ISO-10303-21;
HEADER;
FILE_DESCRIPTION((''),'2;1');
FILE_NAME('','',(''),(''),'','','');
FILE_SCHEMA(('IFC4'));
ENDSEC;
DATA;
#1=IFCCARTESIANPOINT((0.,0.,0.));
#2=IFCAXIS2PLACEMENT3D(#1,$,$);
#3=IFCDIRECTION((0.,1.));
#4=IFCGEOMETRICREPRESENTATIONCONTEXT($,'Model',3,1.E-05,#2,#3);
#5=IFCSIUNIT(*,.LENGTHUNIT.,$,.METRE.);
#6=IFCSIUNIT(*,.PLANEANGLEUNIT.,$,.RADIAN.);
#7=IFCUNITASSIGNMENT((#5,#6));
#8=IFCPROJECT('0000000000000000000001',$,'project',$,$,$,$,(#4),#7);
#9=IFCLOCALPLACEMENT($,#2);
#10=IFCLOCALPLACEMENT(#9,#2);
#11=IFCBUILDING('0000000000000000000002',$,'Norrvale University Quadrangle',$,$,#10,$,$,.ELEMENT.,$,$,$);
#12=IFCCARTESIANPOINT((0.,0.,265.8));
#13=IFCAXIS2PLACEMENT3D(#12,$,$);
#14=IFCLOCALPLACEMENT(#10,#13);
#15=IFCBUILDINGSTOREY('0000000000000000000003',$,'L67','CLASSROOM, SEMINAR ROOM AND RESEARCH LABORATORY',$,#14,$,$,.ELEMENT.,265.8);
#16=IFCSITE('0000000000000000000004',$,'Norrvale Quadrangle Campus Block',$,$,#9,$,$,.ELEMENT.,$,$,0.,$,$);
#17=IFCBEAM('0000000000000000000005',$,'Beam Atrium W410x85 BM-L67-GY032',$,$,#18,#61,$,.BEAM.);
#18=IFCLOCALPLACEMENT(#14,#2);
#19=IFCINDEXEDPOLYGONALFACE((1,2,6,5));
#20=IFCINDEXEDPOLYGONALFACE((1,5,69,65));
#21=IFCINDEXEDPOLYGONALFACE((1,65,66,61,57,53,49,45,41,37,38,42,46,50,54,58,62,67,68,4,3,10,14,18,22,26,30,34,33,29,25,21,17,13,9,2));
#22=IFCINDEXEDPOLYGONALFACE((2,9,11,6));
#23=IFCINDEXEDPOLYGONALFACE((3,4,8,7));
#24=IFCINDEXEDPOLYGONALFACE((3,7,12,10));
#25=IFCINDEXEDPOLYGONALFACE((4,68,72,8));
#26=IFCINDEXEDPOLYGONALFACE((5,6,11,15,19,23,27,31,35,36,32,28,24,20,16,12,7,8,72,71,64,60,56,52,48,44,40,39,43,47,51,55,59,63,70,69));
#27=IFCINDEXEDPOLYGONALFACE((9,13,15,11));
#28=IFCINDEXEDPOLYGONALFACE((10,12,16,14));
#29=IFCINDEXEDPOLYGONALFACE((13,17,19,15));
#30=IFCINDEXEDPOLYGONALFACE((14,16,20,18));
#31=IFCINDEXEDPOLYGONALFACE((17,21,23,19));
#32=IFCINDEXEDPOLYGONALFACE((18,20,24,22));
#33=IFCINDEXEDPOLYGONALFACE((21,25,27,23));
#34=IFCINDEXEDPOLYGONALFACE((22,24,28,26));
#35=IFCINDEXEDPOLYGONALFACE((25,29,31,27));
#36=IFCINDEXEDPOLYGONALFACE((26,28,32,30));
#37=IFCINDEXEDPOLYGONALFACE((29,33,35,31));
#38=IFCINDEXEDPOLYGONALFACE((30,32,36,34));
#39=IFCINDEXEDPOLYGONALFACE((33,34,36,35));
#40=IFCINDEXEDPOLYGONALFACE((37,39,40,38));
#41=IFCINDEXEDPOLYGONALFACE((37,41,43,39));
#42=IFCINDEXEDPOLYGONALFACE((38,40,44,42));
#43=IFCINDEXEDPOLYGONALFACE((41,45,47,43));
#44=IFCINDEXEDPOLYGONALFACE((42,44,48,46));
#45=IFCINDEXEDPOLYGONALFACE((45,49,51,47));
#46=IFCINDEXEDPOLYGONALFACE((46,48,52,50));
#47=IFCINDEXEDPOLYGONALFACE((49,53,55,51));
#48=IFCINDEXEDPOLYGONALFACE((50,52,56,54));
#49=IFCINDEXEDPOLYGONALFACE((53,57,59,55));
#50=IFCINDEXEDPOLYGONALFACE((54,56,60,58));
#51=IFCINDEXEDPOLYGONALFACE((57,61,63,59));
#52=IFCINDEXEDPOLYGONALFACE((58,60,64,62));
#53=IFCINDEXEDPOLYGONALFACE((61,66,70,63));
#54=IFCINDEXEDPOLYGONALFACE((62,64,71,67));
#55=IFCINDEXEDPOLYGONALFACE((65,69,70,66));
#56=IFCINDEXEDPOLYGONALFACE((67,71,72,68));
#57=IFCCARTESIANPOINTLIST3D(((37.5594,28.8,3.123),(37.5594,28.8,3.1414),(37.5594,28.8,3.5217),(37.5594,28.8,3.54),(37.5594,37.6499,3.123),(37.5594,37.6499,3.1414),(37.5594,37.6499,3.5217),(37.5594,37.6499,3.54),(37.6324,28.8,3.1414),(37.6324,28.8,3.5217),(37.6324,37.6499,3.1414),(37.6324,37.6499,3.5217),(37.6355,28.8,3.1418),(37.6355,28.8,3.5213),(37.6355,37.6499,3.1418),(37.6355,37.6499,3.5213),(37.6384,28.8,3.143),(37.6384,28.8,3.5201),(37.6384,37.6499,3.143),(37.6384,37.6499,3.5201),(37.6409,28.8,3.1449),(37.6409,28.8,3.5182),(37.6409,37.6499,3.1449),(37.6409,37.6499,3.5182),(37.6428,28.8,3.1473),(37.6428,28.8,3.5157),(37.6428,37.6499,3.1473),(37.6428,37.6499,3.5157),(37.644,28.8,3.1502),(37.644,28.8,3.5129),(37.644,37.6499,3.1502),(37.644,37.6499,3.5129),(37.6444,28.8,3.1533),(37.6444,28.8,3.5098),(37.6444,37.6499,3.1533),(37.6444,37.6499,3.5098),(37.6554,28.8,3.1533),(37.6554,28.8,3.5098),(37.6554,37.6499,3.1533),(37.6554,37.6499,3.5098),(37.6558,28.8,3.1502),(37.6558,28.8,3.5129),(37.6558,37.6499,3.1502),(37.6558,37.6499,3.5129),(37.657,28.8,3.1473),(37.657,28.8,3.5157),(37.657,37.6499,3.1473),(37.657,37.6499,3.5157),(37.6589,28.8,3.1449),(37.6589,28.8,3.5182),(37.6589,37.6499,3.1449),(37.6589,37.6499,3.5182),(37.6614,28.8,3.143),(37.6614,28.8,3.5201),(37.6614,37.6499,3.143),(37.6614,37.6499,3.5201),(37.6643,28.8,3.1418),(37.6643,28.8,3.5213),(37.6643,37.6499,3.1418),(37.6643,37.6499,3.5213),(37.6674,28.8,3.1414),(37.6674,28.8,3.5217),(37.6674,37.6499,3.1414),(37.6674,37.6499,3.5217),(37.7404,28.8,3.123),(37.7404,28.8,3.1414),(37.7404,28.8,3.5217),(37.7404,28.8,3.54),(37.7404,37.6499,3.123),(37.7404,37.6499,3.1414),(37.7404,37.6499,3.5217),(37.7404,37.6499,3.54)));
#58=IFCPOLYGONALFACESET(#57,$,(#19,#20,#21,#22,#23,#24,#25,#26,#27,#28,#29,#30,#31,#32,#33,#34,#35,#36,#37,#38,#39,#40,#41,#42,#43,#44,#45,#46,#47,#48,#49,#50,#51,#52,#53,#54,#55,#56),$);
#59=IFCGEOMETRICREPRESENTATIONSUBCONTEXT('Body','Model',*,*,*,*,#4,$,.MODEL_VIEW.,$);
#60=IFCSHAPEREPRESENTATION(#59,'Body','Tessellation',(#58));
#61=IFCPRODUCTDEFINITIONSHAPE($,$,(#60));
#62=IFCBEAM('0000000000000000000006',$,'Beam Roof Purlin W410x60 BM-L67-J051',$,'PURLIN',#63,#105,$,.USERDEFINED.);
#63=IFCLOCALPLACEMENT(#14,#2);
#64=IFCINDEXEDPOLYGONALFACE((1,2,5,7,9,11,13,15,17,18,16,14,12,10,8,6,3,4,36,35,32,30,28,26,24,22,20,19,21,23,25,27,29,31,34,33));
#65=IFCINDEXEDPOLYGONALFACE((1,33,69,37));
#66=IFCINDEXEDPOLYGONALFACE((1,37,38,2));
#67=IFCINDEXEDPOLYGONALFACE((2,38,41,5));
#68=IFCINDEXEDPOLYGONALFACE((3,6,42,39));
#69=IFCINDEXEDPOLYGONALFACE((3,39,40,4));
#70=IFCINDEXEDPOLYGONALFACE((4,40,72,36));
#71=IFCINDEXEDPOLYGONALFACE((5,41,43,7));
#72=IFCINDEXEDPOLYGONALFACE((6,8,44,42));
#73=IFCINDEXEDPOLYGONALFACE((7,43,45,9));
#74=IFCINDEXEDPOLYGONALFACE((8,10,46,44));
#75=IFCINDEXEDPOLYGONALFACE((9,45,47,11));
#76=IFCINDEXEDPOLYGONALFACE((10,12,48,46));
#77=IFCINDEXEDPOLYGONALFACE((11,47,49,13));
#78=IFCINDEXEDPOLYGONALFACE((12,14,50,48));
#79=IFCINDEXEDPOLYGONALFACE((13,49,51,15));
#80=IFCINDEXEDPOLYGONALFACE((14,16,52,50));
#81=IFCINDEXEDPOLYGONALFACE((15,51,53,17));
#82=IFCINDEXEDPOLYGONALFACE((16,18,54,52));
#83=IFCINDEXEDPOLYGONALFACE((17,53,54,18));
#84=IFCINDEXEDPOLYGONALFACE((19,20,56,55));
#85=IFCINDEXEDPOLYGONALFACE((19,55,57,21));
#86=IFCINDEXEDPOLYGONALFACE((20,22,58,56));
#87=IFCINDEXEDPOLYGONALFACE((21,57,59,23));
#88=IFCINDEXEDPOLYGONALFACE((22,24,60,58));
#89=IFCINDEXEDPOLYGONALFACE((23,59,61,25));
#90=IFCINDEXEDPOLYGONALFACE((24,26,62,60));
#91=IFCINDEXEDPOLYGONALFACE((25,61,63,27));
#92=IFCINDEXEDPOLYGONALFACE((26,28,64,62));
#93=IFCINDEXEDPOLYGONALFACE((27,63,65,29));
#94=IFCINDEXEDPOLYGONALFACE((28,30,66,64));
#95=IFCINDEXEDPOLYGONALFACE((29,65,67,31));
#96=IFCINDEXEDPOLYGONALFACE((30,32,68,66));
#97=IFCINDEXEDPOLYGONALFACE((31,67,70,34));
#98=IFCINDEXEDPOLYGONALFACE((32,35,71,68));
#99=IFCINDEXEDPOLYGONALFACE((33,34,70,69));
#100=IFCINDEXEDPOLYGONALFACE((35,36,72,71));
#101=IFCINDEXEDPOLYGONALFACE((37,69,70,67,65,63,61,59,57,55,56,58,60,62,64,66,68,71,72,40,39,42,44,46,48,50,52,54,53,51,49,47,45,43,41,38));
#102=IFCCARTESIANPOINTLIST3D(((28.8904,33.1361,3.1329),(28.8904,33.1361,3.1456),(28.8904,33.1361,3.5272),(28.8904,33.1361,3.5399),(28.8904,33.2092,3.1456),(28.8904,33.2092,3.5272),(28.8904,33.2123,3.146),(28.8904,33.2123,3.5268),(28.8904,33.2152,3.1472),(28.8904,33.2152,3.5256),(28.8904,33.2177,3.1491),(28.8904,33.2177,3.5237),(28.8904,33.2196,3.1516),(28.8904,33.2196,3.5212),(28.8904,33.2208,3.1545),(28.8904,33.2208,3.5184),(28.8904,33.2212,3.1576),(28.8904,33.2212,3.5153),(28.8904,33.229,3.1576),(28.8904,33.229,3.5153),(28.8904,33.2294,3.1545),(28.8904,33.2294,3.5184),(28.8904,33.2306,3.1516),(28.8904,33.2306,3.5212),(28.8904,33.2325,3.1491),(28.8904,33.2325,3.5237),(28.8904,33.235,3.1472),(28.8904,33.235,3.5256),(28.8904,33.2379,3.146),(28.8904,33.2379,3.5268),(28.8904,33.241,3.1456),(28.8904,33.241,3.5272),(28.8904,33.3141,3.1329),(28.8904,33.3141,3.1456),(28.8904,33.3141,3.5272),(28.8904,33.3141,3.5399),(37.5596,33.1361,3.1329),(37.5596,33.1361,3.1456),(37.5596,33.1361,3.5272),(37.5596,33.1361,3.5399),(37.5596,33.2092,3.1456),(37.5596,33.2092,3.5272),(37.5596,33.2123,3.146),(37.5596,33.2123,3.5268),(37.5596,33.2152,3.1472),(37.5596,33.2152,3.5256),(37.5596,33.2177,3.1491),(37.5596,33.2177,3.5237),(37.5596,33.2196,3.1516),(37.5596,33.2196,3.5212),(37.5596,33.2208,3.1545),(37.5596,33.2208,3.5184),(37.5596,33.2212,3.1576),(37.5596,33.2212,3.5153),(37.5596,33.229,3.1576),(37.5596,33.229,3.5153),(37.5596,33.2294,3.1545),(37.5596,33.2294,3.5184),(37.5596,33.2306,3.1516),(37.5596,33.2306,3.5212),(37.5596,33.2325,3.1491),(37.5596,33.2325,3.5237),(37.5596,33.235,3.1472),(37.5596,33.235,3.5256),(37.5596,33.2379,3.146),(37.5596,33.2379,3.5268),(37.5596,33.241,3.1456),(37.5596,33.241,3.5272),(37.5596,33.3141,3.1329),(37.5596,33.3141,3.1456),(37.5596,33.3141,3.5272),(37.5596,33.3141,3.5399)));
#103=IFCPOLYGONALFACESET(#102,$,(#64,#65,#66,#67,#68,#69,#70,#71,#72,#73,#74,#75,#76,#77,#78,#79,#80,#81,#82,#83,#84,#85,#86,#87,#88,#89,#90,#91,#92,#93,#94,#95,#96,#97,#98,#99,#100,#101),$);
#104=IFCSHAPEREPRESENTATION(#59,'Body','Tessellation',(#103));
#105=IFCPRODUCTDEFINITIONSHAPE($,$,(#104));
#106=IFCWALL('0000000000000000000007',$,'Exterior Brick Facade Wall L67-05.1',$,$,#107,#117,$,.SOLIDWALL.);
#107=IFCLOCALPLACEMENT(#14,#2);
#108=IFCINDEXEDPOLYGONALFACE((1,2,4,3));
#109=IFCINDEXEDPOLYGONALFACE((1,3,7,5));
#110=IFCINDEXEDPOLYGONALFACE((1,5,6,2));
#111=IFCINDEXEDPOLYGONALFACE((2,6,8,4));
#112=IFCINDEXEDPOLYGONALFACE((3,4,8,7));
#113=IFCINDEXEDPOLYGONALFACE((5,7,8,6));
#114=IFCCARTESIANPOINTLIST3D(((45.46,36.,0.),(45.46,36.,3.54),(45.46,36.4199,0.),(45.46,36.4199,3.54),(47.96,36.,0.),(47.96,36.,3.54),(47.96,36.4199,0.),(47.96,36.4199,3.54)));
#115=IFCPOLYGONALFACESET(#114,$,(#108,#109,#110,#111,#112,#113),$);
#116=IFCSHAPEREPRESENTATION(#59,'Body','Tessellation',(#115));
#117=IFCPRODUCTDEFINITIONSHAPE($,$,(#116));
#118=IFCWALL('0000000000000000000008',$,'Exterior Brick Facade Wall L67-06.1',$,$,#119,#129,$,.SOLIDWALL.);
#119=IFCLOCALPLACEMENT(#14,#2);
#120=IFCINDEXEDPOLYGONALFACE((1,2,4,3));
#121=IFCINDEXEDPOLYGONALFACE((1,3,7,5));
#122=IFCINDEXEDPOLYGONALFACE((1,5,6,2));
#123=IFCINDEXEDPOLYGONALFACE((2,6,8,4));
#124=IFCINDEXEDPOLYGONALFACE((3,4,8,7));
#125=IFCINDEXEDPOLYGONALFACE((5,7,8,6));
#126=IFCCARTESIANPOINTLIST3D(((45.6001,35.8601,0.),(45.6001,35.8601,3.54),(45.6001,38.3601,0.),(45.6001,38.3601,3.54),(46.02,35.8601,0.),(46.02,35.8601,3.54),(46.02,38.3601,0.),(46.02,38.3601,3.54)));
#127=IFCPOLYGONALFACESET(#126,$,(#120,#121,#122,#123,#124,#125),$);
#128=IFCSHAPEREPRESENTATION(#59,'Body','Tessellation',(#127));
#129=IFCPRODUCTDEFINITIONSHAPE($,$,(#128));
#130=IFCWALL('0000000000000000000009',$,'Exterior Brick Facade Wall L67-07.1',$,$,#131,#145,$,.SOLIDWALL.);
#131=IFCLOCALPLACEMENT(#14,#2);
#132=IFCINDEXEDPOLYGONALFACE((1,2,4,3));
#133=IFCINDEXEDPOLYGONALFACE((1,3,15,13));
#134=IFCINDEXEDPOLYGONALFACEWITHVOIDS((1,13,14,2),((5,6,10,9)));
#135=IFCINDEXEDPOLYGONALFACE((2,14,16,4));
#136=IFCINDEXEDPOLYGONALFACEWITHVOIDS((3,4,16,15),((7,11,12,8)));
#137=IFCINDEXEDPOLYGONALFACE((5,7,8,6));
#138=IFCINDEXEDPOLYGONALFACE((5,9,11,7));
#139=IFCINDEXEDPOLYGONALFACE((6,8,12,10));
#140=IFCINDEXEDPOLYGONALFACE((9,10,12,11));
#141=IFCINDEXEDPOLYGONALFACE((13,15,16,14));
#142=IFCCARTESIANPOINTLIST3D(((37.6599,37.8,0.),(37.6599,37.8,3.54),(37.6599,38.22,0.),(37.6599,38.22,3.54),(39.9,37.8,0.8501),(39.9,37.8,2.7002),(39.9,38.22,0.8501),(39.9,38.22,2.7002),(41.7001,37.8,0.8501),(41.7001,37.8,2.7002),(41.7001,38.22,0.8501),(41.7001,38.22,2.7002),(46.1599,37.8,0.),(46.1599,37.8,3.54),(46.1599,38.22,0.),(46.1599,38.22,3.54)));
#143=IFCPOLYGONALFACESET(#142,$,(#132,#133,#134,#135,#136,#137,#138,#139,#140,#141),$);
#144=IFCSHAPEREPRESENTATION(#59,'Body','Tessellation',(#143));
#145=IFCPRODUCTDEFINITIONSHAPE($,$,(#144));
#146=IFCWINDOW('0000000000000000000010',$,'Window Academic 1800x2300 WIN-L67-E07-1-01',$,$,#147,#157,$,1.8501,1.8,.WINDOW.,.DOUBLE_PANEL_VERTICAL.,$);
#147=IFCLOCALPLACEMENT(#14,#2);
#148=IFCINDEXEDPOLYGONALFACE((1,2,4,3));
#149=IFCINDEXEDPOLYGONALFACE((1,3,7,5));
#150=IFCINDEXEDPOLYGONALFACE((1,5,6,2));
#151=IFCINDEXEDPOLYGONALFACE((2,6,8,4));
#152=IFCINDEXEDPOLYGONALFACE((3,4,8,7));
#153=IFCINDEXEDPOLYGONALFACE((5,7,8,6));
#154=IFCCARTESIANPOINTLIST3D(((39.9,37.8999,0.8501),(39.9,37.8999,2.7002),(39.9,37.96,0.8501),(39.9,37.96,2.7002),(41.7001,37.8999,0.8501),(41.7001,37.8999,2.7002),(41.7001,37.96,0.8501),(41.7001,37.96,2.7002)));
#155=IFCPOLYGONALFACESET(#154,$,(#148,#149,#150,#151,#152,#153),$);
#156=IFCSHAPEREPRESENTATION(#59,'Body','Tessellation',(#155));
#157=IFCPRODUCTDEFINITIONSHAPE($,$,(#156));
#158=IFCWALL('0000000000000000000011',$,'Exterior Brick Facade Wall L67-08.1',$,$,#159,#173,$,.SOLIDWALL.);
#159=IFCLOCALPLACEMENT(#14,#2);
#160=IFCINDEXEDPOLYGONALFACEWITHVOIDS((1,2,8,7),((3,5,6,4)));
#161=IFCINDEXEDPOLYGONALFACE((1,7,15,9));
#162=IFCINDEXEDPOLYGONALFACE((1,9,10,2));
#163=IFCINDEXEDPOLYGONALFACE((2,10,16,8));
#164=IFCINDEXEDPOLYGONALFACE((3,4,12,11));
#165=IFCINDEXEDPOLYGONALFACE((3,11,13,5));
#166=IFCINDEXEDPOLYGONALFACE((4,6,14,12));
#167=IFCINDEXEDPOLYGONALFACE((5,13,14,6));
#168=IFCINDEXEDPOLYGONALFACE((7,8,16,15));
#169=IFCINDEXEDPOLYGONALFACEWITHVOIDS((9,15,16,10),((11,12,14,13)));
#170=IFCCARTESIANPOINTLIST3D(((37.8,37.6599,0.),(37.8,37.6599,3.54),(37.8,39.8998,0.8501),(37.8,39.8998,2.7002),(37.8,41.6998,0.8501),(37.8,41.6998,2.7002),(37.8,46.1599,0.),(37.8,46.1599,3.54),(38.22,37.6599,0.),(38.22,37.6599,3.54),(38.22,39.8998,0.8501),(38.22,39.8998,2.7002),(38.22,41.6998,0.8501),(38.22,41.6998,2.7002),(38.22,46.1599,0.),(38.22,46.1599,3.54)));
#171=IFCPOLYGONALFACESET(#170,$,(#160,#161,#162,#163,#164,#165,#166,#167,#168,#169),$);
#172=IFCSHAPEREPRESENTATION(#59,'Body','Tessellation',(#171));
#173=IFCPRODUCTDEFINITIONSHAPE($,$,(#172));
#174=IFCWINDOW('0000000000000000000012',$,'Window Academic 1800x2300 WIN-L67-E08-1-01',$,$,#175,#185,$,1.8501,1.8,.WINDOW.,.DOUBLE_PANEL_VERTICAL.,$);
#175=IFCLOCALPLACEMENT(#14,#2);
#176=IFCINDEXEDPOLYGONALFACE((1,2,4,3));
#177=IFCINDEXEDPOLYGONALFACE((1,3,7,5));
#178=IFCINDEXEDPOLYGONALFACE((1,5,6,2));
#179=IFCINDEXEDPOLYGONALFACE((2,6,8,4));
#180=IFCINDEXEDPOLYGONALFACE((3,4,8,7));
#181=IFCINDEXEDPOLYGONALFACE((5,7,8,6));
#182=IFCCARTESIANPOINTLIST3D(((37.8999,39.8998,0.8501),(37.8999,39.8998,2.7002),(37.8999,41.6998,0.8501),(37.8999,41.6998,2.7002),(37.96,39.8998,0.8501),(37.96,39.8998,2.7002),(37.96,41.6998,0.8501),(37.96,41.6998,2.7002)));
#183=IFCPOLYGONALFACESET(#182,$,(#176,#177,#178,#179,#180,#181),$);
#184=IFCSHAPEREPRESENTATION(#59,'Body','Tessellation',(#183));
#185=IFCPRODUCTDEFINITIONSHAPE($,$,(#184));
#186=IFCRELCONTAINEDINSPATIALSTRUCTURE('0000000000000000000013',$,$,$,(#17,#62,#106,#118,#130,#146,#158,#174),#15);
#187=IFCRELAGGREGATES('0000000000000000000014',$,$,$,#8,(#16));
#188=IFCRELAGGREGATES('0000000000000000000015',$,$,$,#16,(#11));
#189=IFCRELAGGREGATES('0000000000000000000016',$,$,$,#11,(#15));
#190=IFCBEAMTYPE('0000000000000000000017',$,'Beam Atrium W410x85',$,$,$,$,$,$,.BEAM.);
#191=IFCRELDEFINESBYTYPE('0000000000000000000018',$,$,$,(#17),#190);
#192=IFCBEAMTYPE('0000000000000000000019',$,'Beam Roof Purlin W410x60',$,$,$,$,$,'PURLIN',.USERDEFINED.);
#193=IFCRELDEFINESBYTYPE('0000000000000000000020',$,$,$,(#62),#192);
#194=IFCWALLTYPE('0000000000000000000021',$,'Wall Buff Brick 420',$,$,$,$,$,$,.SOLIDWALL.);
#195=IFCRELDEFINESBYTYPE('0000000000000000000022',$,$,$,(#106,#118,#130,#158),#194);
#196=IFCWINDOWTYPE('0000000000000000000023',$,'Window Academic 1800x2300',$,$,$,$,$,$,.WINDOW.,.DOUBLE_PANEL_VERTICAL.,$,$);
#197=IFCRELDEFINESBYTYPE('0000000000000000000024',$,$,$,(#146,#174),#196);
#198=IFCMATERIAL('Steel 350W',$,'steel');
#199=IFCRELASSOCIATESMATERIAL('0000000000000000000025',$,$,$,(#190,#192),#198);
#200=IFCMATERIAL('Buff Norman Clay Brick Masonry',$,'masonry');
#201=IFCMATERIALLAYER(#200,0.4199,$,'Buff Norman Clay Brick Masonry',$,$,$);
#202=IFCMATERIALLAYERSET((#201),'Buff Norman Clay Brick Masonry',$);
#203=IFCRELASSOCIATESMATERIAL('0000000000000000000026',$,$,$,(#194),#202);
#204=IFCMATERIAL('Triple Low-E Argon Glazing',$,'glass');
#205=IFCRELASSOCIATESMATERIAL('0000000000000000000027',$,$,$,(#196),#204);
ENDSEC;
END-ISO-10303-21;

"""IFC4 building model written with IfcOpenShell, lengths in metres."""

from ifc_helpers import new_model, si_unit, direction, frame, frame_2d, origin, origin_2d, place, context, subcontext, project, spatial, rectangle, i_section, extrude, material, layer, layer_set, material_profile, profile_set, type_object, element, fill, save


model = new_model("IFC4")

# Units and contexts
model_context = context("Model", 3, precision=1e-05, world=origin(), true_north=direction((0.0, 1.0)))
body_context = subcontext(model_context, "Body", "Model", "MODEL_VIEW")
ifc_project = project(units=[si_unit("LENGTHUNIT", "METRE"), si_unit("PLANEANGLEUNIT", "RADIAN")], contexts=[model_context])

# Site, building, storey
site_placement = place(None, origin())
site = spatial("IfcSite", under=ifc_project, at=site_placement, Name="Norrvale Quadrangle Campus Block", CompositionType="ELEMENT", RefElevation=0.0)
building_placement = place(site_placement, origin())
building = spatial("IfcBuilding", under=site, at=building_placement, Name="Norrvale University Quadrangle", CompositionType="ELEMENT")
storey_placement = place(building_placement, frame((0.0, 0.0, 265.8)))
storey = spatial("IfcBuildingStorey", under=building, at=storey_placement, Name="L67", Description="CLASSROOM, SEMINAR ROOM AND RESEARCH LABORATORY", CompositionType="ELEMENT", Elevation=265.8)

# Beams
ifc_material_1 = material(Name="Steel 350W", Category="steel")
ifc_material_profile_1 = material_profile(ifc_material_1, i_section(OverallWidth=0.1809, OverallDepth=0.417, WebThickness=0.011, FlangeThickness=0.0183, FilletRadius=0.012, at=origin_2d()), Name="Steel 350W")
ifc_profile_set_1 = profile_set([ifc_material_profile_1], Name="Steel 350W")
beam_type_1 = type_object("IfcBeamType", Name="Beam Atrium W410x85", PredefinedType="BEAM", material=ifc_profile_set_1)
beam_1_placement = place(storey_placement, frame((37.6499, 28.8, 3.3315), z_axis=(0.0, 1.0, 0.0), x_axis=(-1.0, 0.0, 0.0)))
element("IfcBeam", 1, at=beam_1_placement, inside=storey, type_object=beam_type_1, Name="Beam Atrium W410x85 BM-L67-GY032", PredefinedType="BEAM", context=body_context, shape_type="SweptSolid", body=[
    extrude(i_section(OverallWidth=0.1809, OverallDepth=0.417, WebThickness=0.011, FlangeThickness=0.0183, FilletRadius=0.012, at=origin_2d()), origin(), (0.0, 0.0, 1.0), 8.8499),
])
ifc_material_profile_2 = material_profile(ifc_material_1, i_section(OverallWidth=0.178, OverallDepth=0.407, WebThickness=0.0078, FlangeThickness=0.0127, FilletRadius=0.012, at=origin_2d()), Name="Steel 350W")
ifc_profile_set_2 = profile_set([ifc_material_profile_2], Name="Steel 350W")
beam_type_2 = type_object("IfcBeamType", Name="Beam Roof Purlin W410x60", ElementType="PURLIN", PredefinedType="USERDEFINED", material=ifc_profile_set_2)
beam_2_placement = place(storey_placement, frame((28.8904, 33.2251, 3.3364), z_axis=(1.0, 0.0, 0.0), x_axis=(0.0, 1.0, 0.0)))
element("IfcBeam", 2, at=beam_2_placement, inside=storey, type_object=beam_type_2, Name="Beam Roof Purlin W410x60 BM-L67-J051", ObjectType="PURLIN", PredefinedType="USERDEFINED", context=body_context, shape_type="SweptSolid", body=[
    extrude(i_section(OverallWidth=0.178, OverallDepth=0.407, WebThickness=0.0078, FlangeThickness=0.0127, FilletRadius=0.012, at=origin_2d()), origin(), (0.0, 0.0, 1.0), 8.6692),
])

# Walls
ifc_material_2 = material(Name="Buff Norman Clay Brick Masonry", Category="masonry")
ifc_layer = layer(ifc_material_2, 0.4199, Name="Buff Norman Clay Brick Masonry")
ifc_layer_set = layer_set([ifc_layer], Name="Buff Norman Clay Brick Masonry")
wall_type = type_object("IfcWallType", Name="Wall Buff Brick 420", PredefinedType="SOLIDWALL", material=ifc_layer_set)
for number, where, z_axis, x_axis, name in (
    (3, (47.96, 36.21, 0.0), (0.0, 0.0, 1.0), (-1.0, 0.0, 0.0), "Exterior Brick Facade Wall L67-05.1"),
    (4, (45.8101, 35.8601, 0.0), (0.0, 0.0, 1.0), (0.0, 1.0, 0.0), "Exterior Brick Facade Wall L67-06.1"),
):
    element("IfcWall", number, at=place(storey_placement, frame(where, z_axis=z_axis, x_axis=x_axis)), inside=storey, type_object=wall_type, Name=name, PredefinedType="SOLIDWALL", context=body_context, shape_type="SweptSolid", body=[
        extrude(rectangle(XDim=2.5, YDim=0.4199, at=frame_2d((1.25, 0.0))), origin(), (0.0, 0.0, 1.0), 3.54),
    ])

# Walls, openings, windows
wall_1_placement = place(storey_placement, frame((46.1599, 38.01, 0.0), z_axis=(0.0, 0.0, 1.0), x_axis=(-1.0, 0.0, 0.0)))
wall_1 = element("IfcWall", 5, at=wall_1_placement, inside=storey, type_object=wall_type, Name="Exterior Brick Facade Wall L67-07.1", PredefinedType="SOLIDWALL", context=body_context, shape_type="SweptSolid", body=[
    extrude(rectangle(XDim=8.5, YDim=0.4199, at=frame_2d((4.25, 0.0))), origin(), (0.0, 0.0, 1.0), 3.54),
])
opening_1_placement = place(wall_1_placement, frame((4.46, 0.0, 0.8501)))
opening_1 = element("IfcOpeningElement", 6, at=opening_1_placement, cuts=wall_1, PredefinedType="OPENING", context=body_context, shape_type="SweptSolid", body=[
    extrude(rectangle(XDim=1.8, YDim=1.8501, at=frame_2d((0.8999, 0.925))), frame((0.0, 0.2219, 0.0), z_axis=(0.0, -1.0, 0.0), x_axis=(1.0, 0.0, 0.0)), (0.0, 0.0, 1.0), 0.4438),
])
ifc_material_3 = material(Name="Triple Low-E Argon Glazing", Category="glass")
window_type_1 = type_object("IfcWindowType", Name="Window Academic 1800x2300", PartitioningType="DOUBLE_PANEL_VERTICAL", PredefinedType="WINDOW", material=ifc_material_3)
window_1_placement = place(opening_1_placement, origin())
window_1 = element("IfcWindow", 7, at=window_1_placement, inside=storey, type_object=window_type_1, Name="Window Academic 1800x2300 WIN-L67-E07-1-01", OverallHeight=1.8501, OverallWidth=1.8, PartitioningType="DOUBLE_PANEL_VERTICAL", PredefinedType="WINDOW", context=body_context, shape_type="SweptSolid", body=[
    extrude(rectangle(XDim=1.8, YDim=1.8501, at=frame_2d((0.8999, 0.925))), frame((0.0, 0.1101, 0.0), z_axis=(0.0, -1.0, 0.0), x_axis=(1.0, 0.0, 0.0)), (0.0, 0.0, 1.0), 0.0601),
])
fill(opening_1, window_1)
wall_2_placement = place(storey_placement, frame((38.01, 37.6599, 0.0), z_axis=(0.0, 0.0, 1.0), x_axis=(0.0, 1.0, 0.0)))
wall_2 = element("IfcWall", 8, at=wall_2_placement, inside=storey, type_object=wall_type, Name="Exterior Brick Facade Wall L67-08.1", PredefinedType="SOLIDWALL", context=body_context, shape_type="SweptSolid", body=[
    extrude(rectangle(XDim=8.5, YDim=0.4199, at=frame_2d((4.25, 0.0))), origin(), (0.0, 0.0, 1.0), 3.54),
])
opening_2_placement = place(wall_2_placement, frame((2.24, 0.0, 0.8501)))
opening_2 = element("IfcOpeningElement", 9, at=opening_2_placement, cuts=wall_2, PredefinedType="OPENING", context=body_context, shape_type="SweptSolid", body=[
    extrude(rectangle(XDim=1.8, YDim=1.8501, at=frame_2d((0.8999, 0.925))), frame((0.0, 0.2219, 0.0), z_axis=(0.0, -1.0, 0.0), x_axis=(1.0, 0.0, 0.0)), (0.0, 0.0, 1.0), 0.4438),
])
window_2_placement = place(opening_2_placement, origin())
window_2 = element("IfcWindow", 10, at=window_2_placement, inside=storey, type_object=window_type_1, Name="Window Academic 1800x2300 WIN-L67-E08-1-01", OverallHeight=1.8501, OverallWidth=1.8, PartitioningType="DOUBLE_PANEL_VERTICAL", PredefinedType="WINDOW", context=body_context, shape_type="SweptSolid", body=[
    extrude(rectangle(XDim=1.8, YDim=1.8501, at=frame_2d((0.8999, 0.925))), frame((0.0, 0.1101, 0.0), z_axis=(0.0, -1.0, 0.0), x_axis=(1.0, 0.0, 0.0)), (0.0, 0.0, 1.0), 0.0601),
])
fill(opening_2, window_2)

save(model, "model.ifc")
